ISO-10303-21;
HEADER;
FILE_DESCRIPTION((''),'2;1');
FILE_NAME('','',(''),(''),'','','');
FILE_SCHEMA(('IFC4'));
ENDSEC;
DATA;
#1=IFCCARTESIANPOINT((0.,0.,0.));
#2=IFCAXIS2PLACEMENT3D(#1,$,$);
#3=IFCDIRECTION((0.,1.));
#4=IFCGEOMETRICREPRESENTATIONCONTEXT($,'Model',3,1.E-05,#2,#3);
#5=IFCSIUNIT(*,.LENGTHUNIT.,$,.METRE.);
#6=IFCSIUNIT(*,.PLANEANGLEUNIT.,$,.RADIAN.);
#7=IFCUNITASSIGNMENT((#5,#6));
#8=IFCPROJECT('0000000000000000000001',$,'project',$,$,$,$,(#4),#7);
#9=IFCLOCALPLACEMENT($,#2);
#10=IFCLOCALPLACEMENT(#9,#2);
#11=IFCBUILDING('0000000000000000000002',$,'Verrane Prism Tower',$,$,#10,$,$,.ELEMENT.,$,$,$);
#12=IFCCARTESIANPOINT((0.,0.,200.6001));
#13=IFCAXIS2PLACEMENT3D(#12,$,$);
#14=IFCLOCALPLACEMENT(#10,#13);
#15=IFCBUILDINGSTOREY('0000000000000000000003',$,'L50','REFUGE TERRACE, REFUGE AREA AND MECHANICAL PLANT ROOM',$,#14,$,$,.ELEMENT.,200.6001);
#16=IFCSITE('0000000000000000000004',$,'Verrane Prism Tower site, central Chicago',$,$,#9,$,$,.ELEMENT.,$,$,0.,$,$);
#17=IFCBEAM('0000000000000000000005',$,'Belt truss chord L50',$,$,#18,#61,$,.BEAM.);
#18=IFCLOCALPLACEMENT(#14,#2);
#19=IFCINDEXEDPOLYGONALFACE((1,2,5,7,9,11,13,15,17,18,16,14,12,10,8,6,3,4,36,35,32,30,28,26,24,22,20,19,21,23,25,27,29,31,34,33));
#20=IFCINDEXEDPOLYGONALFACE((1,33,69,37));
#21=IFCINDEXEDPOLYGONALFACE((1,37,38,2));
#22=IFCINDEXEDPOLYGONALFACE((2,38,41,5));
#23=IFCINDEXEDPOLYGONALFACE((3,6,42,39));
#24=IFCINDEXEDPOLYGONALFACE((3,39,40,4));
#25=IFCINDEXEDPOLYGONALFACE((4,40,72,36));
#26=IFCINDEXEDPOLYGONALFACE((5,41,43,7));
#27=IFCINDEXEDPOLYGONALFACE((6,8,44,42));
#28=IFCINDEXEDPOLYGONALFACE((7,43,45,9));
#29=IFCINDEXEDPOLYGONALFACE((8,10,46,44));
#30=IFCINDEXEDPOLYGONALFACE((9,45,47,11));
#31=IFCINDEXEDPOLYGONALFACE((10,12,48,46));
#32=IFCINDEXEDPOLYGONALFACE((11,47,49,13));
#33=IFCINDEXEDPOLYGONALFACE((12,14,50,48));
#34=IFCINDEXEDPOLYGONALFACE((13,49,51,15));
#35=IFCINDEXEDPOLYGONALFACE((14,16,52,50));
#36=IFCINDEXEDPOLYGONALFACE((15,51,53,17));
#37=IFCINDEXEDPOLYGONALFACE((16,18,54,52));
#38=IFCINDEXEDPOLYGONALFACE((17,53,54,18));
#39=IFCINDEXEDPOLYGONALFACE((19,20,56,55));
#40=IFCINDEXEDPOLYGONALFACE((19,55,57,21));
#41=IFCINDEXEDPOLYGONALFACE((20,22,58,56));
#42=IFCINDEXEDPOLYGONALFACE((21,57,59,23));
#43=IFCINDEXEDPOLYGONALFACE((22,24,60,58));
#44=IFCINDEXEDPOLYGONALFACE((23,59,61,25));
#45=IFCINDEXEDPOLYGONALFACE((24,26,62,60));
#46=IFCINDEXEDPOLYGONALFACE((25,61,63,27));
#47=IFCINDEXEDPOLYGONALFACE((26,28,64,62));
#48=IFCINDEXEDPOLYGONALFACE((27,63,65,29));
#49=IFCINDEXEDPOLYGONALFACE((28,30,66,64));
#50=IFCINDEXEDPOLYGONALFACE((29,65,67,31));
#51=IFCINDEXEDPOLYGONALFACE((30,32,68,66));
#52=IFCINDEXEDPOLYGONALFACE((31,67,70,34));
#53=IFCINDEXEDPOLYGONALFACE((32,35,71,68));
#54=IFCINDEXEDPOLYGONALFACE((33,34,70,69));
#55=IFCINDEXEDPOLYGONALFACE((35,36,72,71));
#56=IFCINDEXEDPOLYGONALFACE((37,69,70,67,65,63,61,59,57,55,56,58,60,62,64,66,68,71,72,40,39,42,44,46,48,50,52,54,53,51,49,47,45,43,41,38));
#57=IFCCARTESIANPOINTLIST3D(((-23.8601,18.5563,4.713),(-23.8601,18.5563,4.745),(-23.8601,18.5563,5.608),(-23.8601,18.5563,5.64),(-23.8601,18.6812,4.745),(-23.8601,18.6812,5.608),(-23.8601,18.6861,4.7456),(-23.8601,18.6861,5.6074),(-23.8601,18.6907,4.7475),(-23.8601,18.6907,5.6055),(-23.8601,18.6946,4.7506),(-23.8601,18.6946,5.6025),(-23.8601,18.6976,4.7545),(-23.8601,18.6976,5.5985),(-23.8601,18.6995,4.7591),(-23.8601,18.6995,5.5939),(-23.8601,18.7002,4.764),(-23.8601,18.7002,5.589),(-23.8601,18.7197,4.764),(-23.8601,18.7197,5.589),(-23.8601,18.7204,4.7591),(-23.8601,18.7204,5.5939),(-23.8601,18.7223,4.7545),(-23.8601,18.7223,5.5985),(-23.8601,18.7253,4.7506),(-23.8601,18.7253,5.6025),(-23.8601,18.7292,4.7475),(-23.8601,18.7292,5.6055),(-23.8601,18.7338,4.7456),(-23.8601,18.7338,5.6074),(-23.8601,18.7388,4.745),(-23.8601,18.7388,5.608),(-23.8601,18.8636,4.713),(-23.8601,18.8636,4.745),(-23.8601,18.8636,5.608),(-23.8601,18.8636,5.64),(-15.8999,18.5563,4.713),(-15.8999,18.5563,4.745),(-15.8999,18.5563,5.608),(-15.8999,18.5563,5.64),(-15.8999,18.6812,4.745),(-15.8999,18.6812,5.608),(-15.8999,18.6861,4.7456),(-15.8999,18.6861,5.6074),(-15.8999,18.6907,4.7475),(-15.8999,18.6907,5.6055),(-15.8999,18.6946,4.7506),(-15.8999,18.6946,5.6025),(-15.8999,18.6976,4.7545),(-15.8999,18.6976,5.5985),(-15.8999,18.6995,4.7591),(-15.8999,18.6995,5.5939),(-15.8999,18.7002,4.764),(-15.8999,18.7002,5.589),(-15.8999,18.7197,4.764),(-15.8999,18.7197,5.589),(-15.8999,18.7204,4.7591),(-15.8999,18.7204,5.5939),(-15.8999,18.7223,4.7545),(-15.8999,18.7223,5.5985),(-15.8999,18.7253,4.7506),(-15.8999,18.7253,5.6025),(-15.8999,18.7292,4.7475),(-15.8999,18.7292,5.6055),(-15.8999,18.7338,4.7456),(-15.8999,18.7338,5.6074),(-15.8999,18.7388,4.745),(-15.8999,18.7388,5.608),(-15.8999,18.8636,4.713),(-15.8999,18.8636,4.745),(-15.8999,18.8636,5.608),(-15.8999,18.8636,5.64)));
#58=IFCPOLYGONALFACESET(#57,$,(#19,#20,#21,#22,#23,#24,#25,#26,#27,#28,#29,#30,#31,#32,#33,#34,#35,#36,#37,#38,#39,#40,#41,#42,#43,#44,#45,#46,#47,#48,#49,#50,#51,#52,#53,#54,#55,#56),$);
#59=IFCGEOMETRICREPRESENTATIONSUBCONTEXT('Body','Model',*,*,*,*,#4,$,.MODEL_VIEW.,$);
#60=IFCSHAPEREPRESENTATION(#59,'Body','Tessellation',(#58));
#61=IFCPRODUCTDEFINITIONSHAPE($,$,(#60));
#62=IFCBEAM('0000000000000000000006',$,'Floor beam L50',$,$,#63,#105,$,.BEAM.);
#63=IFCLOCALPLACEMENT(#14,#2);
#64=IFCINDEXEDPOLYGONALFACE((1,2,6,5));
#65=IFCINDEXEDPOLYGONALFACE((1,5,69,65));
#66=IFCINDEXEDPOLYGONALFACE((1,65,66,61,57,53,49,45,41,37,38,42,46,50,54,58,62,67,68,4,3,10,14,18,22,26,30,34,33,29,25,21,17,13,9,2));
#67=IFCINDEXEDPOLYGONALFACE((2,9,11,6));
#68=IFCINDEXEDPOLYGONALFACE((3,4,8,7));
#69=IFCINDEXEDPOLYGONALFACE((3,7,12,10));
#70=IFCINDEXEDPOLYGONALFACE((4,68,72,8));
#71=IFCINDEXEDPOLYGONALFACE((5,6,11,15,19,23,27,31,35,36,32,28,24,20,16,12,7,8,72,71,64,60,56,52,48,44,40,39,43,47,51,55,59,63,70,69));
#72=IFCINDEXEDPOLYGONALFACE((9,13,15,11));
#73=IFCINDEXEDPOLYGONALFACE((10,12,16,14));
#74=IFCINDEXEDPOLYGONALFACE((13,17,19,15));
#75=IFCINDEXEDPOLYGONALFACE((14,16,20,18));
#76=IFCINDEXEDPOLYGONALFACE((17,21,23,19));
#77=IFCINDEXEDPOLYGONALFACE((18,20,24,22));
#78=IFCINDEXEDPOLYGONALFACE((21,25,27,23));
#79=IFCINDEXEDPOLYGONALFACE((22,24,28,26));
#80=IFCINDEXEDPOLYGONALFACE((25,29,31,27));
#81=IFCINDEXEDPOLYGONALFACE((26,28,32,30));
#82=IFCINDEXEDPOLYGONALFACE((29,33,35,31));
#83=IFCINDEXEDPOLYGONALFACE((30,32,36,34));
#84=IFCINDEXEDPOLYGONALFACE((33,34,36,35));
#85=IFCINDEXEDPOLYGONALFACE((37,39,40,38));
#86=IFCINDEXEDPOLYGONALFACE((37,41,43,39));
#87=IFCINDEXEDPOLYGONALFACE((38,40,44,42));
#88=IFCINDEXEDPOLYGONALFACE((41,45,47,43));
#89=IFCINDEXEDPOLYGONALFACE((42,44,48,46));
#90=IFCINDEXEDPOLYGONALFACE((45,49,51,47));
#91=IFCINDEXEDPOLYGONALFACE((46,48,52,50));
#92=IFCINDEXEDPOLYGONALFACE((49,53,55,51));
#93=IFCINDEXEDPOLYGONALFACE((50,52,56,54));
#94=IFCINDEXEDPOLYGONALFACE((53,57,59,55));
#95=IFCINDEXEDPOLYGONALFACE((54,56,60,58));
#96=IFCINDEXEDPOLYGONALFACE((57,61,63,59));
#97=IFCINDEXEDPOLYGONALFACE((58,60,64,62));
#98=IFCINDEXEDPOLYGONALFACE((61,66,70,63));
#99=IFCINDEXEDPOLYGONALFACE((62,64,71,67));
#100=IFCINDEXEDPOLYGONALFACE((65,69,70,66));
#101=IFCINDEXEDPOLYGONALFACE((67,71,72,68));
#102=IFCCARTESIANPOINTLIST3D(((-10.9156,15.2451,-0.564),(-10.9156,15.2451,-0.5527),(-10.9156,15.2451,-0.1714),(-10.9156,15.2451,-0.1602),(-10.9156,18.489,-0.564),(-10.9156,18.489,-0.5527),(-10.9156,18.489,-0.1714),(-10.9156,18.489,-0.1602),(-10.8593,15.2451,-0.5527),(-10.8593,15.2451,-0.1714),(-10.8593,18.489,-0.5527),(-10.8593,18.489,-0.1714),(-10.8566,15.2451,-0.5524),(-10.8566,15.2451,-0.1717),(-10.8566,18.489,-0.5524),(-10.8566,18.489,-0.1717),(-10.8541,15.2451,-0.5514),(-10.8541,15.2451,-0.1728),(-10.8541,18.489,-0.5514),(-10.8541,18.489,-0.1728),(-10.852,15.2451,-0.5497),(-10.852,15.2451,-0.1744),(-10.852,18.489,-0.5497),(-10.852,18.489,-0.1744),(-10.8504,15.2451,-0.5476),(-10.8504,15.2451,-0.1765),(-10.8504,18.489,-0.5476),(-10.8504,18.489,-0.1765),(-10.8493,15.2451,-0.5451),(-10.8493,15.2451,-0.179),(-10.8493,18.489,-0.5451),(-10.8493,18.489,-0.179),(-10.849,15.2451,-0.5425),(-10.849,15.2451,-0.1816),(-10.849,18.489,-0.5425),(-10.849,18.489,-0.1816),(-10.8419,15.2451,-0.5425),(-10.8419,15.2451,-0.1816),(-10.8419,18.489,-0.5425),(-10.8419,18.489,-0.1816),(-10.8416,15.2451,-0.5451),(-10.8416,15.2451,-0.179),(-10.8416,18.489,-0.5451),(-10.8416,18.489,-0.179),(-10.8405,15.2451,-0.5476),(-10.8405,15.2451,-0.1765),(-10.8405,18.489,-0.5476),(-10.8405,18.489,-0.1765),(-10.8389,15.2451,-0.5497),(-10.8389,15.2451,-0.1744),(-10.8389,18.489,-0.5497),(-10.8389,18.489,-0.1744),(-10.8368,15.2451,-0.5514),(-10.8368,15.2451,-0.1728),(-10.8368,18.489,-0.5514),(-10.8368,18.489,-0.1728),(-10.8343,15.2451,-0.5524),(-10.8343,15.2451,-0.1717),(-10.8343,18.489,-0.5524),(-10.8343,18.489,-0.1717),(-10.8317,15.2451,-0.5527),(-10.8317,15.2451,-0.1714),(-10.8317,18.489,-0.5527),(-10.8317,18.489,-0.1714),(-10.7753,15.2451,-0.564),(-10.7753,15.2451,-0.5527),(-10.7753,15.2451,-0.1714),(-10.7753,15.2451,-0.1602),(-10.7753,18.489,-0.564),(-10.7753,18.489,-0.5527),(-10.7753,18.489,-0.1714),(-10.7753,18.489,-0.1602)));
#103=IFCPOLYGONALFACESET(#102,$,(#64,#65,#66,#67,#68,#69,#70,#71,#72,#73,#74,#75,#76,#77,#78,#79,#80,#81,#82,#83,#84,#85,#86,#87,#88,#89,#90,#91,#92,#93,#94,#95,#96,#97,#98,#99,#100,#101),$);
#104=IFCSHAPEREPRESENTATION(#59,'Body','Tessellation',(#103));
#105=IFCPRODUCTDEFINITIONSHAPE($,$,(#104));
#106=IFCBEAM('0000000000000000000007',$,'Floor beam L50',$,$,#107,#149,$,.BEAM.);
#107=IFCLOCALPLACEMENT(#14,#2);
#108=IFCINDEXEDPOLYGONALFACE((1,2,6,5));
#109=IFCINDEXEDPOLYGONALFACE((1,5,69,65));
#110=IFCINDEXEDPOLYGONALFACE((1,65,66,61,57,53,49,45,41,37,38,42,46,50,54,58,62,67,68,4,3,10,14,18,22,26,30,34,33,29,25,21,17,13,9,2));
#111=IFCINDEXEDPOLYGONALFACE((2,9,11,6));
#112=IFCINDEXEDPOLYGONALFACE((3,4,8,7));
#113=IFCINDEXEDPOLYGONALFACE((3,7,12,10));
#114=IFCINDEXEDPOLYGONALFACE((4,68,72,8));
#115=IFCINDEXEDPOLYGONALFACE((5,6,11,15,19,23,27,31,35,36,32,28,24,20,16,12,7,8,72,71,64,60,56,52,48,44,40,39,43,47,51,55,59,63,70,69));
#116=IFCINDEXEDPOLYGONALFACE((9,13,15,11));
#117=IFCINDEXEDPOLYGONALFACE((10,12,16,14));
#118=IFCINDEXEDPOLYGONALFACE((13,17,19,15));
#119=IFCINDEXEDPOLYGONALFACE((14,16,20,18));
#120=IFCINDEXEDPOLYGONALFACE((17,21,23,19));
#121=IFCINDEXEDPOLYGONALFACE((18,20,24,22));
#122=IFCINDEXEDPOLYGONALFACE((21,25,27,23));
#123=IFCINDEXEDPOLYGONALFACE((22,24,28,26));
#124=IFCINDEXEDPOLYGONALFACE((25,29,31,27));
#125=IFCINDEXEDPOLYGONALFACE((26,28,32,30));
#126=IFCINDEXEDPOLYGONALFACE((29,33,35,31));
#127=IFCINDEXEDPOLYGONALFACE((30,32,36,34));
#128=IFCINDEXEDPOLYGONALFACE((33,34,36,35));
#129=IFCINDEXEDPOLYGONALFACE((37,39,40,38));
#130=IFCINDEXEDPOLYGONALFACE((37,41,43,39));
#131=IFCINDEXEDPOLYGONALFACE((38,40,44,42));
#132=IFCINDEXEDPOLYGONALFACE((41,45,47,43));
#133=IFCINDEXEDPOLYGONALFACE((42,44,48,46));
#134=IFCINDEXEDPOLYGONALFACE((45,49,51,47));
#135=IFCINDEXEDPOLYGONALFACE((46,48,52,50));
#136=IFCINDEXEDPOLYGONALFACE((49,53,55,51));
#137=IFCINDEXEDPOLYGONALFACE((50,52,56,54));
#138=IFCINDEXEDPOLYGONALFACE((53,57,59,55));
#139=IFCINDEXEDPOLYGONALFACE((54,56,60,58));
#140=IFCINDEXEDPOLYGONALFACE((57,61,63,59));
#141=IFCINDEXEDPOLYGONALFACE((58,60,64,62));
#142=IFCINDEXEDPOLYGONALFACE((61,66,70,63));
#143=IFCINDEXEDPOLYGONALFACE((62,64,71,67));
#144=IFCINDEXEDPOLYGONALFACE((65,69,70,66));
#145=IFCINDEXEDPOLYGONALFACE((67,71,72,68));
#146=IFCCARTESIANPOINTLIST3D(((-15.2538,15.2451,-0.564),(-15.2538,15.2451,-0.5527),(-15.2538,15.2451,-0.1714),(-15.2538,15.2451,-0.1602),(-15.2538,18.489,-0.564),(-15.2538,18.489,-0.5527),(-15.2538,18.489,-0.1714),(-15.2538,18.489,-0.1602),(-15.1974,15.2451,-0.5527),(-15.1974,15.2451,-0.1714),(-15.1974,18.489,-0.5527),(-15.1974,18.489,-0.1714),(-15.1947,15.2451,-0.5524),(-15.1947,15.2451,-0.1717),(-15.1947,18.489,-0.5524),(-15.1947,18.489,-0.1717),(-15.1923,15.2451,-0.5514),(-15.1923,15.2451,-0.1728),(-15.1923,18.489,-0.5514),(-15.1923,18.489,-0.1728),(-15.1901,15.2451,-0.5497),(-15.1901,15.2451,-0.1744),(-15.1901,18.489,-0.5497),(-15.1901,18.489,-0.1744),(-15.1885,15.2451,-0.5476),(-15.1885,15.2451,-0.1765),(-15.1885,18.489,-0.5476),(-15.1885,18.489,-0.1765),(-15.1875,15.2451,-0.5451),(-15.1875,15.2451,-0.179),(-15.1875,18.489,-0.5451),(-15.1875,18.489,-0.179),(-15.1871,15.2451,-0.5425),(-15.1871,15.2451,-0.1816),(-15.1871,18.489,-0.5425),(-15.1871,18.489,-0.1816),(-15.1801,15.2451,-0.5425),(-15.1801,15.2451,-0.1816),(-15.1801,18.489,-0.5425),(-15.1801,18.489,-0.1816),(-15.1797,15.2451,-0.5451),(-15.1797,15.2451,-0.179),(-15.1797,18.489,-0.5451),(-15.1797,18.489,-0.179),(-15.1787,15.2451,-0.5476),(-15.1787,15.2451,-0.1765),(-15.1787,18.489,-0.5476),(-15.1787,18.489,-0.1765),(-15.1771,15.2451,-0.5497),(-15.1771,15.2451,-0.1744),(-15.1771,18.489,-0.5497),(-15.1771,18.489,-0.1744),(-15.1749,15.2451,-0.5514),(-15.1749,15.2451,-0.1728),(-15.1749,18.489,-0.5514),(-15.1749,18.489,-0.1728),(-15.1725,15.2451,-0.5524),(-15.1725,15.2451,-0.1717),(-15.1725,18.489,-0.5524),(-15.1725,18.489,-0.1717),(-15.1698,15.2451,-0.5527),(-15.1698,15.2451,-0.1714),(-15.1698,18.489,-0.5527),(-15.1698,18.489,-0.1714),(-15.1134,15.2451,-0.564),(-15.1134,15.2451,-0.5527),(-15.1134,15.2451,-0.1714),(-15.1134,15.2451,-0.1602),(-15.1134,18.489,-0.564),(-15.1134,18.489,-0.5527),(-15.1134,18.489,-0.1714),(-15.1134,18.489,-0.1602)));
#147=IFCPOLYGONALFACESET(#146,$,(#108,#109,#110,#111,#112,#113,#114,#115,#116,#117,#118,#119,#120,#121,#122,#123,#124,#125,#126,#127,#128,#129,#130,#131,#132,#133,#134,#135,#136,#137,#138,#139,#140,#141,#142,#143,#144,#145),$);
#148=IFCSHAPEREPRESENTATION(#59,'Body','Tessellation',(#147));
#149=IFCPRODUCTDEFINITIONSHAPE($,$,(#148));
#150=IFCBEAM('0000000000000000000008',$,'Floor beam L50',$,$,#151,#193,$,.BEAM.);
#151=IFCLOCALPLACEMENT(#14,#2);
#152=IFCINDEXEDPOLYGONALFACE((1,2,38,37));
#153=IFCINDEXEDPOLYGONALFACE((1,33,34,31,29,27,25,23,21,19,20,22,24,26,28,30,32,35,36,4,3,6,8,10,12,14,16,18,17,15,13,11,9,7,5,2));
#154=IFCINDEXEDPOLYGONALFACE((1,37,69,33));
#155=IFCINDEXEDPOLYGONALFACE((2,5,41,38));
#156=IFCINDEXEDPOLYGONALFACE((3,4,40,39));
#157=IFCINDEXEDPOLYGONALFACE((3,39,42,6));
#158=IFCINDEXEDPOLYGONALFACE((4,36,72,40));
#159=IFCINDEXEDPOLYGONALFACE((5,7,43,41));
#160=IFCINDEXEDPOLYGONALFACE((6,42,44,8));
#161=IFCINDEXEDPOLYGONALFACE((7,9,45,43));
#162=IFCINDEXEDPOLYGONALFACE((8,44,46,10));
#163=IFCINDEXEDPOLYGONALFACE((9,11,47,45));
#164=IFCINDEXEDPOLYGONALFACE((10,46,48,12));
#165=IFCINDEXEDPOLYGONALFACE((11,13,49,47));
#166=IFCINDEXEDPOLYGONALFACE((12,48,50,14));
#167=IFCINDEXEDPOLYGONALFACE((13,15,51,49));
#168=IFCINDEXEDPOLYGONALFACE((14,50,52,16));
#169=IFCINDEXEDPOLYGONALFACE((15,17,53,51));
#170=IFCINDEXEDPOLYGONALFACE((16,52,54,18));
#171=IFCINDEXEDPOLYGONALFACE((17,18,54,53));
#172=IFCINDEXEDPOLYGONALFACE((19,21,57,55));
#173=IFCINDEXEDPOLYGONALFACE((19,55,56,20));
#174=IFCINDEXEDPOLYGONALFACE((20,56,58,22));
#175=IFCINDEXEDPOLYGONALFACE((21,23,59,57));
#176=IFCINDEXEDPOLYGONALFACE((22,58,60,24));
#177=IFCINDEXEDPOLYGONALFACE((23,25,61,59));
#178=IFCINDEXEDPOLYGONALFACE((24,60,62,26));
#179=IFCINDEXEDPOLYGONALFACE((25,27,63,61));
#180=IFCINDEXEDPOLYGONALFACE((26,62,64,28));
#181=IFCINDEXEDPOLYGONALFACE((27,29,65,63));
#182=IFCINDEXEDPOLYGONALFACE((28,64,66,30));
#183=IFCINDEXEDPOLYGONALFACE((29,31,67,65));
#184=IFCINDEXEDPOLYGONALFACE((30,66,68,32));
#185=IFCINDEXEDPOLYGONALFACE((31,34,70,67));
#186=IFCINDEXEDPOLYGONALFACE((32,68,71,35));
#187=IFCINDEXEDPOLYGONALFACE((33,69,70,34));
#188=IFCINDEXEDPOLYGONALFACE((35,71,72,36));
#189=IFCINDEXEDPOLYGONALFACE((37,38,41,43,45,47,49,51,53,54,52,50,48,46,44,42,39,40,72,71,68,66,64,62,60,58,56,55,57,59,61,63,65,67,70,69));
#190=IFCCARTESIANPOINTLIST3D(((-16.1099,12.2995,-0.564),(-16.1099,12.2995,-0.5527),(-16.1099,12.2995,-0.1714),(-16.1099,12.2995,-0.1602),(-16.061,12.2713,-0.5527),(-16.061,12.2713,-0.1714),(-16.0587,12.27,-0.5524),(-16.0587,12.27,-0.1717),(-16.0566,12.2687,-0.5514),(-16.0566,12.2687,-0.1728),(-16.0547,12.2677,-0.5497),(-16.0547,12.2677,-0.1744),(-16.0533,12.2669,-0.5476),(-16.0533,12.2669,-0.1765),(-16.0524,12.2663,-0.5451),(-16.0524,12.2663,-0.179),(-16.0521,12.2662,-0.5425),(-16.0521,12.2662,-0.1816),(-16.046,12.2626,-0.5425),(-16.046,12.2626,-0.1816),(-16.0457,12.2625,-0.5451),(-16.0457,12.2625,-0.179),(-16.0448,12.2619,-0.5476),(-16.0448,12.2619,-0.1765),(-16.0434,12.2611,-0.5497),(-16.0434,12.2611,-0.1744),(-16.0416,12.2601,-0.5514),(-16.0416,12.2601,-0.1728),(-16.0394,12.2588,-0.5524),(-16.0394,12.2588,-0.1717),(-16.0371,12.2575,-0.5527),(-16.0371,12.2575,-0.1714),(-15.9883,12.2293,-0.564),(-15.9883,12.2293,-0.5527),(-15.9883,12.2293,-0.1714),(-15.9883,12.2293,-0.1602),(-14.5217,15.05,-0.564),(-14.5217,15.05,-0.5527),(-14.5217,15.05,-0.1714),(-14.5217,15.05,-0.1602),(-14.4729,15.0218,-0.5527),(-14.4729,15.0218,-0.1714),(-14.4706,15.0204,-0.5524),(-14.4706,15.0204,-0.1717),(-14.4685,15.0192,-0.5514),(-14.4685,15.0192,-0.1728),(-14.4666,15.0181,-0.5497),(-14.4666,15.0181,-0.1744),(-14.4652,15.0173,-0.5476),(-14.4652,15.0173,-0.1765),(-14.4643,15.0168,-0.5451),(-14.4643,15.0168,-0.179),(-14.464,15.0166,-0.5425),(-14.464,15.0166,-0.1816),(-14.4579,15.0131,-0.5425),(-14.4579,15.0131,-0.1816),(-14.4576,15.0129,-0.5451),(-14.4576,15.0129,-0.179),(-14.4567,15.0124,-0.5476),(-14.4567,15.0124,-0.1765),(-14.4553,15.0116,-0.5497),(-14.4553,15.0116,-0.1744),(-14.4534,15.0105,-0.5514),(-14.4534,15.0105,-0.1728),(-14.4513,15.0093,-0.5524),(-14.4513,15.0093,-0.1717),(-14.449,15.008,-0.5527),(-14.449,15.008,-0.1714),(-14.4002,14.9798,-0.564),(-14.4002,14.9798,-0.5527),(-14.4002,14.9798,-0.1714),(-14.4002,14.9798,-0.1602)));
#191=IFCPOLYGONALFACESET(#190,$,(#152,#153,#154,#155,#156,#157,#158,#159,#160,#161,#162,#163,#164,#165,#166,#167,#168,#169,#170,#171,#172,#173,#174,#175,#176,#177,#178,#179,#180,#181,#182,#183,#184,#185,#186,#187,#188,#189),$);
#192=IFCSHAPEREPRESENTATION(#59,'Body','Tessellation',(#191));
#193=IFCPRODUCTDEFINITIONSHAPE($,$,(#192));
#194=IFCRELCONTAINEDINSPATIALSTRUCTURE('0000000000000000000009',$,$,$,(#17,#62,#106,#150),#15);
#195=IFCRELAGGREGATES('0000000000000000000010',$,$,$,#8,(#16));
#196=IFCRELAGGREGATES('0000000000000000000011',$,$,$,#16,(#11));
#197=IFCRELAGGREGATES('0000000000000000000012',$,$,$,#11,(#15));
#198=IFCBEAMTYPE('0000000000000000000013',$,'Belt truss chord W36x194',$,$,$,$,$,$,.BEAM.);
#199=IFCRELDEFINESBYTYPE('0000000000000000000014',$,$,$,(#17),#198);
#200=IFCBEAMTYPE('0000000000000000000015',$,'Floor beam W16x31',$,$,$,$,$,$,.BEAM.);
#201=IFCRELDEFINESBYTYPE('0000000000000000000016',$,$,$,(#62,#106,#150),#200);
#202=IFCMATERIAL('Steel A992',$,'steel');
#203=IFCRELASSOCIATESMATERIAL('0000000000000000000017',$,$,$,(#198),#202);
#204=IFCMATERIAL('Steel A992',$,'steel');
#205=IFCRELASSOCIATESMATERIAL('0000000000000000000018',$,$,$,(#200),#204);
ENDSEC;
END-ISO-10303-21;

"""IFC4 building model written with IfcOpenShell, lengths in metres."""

from ifc_helpers import new_model, si_unit, direction, frame, origin, origin_2d, place, context, subcontext, project, spatial, i_section, extrude, material, material_profile, profile_set, type_object, element, save


model = new_model("IFC4")

# Units and contexts
model_context = context("Model", 3, precision=1e-05, world=origin(), true_north=direction((0.0, 1.0)))
body_context = subcontext(model_context, "Body", "Model", "MODEL_VIEW")
ifc_project = project(units=[si_unit("LENGTHUNIT", "METRE"), si_unit("PLANEANGLEUNIT", "RADIAN")], contexts=[model_context])

# Site, building, storey
site_placement = place(None, origin())
site = spatial("IfcSite", under=ifc_project, at=site_placement, Name="Verrane Prism Tower site, central Chicago", CompositionType="ELEMENT", RefElevation=0.0)
building_placement = place(site_placement, origin())
building = spatial("IfcBuilding", under=site, at=building_placement, Name="Verrane Prism Tower", CompositionType="ELEMENT")
storey_placement = place(building_placement, frame((0.0, 0.0, 200.6001)))
storey = spatial("IfcBuildingStorey", under=building, at=storey_placement, Name="L50", Description="REFUGE TERRACE, REFUGE AREA AND MECHANICAL PLANT ROOM", CompositionType="ELEMENT", Elevation=200.6001)

# Beams
ifc_material_1 = material(Name="Steel A992", Category="steel")
ifc_material_profile_1 = material_profile(ifc_material_1, i_section(OverallWidth=0.3074, OverallDepth=0.927, WebThickness=0.0195, FlangeThickness=0.032, FilletRadius=0.019, at=origin_2d()), Name="W36x194")
ifc_profile_set_1 = profile_set([ifc_material_profile_1], Name="Steel A992")
beam_type_1 = type_object("IfcBeamType", Name="Belt truss chord W36x194", PredefinedType="BEAM", material=ifc_profile_set_1)
beam_1_placement = place(storey_placement, frame((-15.8999, 18.71, 5.1765), z_axis=(-1.0, 0.0, 0.0), x_axis=(0.0, -1.0, 0.0)))
element("IfcBeam", 1, at=beam_1_placement, inside=storey, type_object=beam_type_1, Name="Belt truss chord L50", PredefinedType="BEAM", context=body_context, shape_type="SweptSolid", body=[
    extrude(i_section(OverallWidth=0.3074, OverallDepth=0.927, WebThickness=0.0195, FlangeThickness=0.032, FilletRadius=0.019, at=origin_2d()), origin(), (0.0, 0.0, 1.0), 7.9602),
])
ifc_material_2 = material(Name="Steel A992", Category="steel")
ifc_material_profile_2 = material_profile(ifc_material_2, i_section(OverallWidth=0.1404, OverallDepth=0.4038, WebThickness=0.0071, FlangeThickness=0.0112, FilletRadius=0.0103, at=origin_2d()), Name="W16x31")
ifc_profile_set_2 = profile_set([ifc_material_profile_2], Name="Steel A992")
beam_type_2 = type_object("IfcBeamType", Name="Floor beam W16x31", PredefinedType="BEAM", material=ifc_profile_set_2)
for number, where, z_axis, x_axis, name in (
    (2, (-10.8455, 15.2451, -0.3621), (0.0, 1.0, 0.0), (-1.0, 0.0, 0.0), "Floor beam L50"),
    (3, (-15.1836, 15.2451, -0.3621), (0.0, 1.0, 0.0), (-1.0, 0.0, 0.0), "Floor beam L50"),
):
    element("IfcBeam", number, at=place(storey_placement, frame(where, z_axis=z_axis, x_axis=x_axis)), inside=storey, type_object=beam_type_2, Name=name, PredefinedType="BEAM", context=body_context, shape_type="SweptSolid", body=[
        extrude(i_section(OverallWidth=0.1404, OverallDepth=0.4038, WebThickness=0.0071, FlangeThickness=0.0112, FilletRadius=0.0103, at=origin_2d()), origin(), (0.0, 0.0, 1.0), 3.2439),
    ])
beam_2_placement = place(storey_placement, frame((-16.0491, 12.2644, -0.3621), z_axis=(0.500033, 0.866006, 0.0), x_axis=(-0.866006, 0.500033, 0.0)))
element("IfcBeam", 4, at=beam_2_placement, inside=storey, type_object=beam_type_2, Name="Floor beam L50", PredefinedType="BEAM", context=body_context, shape_type="SweptSolid", body=[
    extrude(i_section(OverallWidth=0.1404, OverallDepth=0.4038, WebThickness=0.0071, FlangeThickness=0.0112, FilletRadius=0.0103, at=origin_2d()), origin(), (0.0, 0.0, 1.0), 3.176),
])

save(model, "model.ifc")
